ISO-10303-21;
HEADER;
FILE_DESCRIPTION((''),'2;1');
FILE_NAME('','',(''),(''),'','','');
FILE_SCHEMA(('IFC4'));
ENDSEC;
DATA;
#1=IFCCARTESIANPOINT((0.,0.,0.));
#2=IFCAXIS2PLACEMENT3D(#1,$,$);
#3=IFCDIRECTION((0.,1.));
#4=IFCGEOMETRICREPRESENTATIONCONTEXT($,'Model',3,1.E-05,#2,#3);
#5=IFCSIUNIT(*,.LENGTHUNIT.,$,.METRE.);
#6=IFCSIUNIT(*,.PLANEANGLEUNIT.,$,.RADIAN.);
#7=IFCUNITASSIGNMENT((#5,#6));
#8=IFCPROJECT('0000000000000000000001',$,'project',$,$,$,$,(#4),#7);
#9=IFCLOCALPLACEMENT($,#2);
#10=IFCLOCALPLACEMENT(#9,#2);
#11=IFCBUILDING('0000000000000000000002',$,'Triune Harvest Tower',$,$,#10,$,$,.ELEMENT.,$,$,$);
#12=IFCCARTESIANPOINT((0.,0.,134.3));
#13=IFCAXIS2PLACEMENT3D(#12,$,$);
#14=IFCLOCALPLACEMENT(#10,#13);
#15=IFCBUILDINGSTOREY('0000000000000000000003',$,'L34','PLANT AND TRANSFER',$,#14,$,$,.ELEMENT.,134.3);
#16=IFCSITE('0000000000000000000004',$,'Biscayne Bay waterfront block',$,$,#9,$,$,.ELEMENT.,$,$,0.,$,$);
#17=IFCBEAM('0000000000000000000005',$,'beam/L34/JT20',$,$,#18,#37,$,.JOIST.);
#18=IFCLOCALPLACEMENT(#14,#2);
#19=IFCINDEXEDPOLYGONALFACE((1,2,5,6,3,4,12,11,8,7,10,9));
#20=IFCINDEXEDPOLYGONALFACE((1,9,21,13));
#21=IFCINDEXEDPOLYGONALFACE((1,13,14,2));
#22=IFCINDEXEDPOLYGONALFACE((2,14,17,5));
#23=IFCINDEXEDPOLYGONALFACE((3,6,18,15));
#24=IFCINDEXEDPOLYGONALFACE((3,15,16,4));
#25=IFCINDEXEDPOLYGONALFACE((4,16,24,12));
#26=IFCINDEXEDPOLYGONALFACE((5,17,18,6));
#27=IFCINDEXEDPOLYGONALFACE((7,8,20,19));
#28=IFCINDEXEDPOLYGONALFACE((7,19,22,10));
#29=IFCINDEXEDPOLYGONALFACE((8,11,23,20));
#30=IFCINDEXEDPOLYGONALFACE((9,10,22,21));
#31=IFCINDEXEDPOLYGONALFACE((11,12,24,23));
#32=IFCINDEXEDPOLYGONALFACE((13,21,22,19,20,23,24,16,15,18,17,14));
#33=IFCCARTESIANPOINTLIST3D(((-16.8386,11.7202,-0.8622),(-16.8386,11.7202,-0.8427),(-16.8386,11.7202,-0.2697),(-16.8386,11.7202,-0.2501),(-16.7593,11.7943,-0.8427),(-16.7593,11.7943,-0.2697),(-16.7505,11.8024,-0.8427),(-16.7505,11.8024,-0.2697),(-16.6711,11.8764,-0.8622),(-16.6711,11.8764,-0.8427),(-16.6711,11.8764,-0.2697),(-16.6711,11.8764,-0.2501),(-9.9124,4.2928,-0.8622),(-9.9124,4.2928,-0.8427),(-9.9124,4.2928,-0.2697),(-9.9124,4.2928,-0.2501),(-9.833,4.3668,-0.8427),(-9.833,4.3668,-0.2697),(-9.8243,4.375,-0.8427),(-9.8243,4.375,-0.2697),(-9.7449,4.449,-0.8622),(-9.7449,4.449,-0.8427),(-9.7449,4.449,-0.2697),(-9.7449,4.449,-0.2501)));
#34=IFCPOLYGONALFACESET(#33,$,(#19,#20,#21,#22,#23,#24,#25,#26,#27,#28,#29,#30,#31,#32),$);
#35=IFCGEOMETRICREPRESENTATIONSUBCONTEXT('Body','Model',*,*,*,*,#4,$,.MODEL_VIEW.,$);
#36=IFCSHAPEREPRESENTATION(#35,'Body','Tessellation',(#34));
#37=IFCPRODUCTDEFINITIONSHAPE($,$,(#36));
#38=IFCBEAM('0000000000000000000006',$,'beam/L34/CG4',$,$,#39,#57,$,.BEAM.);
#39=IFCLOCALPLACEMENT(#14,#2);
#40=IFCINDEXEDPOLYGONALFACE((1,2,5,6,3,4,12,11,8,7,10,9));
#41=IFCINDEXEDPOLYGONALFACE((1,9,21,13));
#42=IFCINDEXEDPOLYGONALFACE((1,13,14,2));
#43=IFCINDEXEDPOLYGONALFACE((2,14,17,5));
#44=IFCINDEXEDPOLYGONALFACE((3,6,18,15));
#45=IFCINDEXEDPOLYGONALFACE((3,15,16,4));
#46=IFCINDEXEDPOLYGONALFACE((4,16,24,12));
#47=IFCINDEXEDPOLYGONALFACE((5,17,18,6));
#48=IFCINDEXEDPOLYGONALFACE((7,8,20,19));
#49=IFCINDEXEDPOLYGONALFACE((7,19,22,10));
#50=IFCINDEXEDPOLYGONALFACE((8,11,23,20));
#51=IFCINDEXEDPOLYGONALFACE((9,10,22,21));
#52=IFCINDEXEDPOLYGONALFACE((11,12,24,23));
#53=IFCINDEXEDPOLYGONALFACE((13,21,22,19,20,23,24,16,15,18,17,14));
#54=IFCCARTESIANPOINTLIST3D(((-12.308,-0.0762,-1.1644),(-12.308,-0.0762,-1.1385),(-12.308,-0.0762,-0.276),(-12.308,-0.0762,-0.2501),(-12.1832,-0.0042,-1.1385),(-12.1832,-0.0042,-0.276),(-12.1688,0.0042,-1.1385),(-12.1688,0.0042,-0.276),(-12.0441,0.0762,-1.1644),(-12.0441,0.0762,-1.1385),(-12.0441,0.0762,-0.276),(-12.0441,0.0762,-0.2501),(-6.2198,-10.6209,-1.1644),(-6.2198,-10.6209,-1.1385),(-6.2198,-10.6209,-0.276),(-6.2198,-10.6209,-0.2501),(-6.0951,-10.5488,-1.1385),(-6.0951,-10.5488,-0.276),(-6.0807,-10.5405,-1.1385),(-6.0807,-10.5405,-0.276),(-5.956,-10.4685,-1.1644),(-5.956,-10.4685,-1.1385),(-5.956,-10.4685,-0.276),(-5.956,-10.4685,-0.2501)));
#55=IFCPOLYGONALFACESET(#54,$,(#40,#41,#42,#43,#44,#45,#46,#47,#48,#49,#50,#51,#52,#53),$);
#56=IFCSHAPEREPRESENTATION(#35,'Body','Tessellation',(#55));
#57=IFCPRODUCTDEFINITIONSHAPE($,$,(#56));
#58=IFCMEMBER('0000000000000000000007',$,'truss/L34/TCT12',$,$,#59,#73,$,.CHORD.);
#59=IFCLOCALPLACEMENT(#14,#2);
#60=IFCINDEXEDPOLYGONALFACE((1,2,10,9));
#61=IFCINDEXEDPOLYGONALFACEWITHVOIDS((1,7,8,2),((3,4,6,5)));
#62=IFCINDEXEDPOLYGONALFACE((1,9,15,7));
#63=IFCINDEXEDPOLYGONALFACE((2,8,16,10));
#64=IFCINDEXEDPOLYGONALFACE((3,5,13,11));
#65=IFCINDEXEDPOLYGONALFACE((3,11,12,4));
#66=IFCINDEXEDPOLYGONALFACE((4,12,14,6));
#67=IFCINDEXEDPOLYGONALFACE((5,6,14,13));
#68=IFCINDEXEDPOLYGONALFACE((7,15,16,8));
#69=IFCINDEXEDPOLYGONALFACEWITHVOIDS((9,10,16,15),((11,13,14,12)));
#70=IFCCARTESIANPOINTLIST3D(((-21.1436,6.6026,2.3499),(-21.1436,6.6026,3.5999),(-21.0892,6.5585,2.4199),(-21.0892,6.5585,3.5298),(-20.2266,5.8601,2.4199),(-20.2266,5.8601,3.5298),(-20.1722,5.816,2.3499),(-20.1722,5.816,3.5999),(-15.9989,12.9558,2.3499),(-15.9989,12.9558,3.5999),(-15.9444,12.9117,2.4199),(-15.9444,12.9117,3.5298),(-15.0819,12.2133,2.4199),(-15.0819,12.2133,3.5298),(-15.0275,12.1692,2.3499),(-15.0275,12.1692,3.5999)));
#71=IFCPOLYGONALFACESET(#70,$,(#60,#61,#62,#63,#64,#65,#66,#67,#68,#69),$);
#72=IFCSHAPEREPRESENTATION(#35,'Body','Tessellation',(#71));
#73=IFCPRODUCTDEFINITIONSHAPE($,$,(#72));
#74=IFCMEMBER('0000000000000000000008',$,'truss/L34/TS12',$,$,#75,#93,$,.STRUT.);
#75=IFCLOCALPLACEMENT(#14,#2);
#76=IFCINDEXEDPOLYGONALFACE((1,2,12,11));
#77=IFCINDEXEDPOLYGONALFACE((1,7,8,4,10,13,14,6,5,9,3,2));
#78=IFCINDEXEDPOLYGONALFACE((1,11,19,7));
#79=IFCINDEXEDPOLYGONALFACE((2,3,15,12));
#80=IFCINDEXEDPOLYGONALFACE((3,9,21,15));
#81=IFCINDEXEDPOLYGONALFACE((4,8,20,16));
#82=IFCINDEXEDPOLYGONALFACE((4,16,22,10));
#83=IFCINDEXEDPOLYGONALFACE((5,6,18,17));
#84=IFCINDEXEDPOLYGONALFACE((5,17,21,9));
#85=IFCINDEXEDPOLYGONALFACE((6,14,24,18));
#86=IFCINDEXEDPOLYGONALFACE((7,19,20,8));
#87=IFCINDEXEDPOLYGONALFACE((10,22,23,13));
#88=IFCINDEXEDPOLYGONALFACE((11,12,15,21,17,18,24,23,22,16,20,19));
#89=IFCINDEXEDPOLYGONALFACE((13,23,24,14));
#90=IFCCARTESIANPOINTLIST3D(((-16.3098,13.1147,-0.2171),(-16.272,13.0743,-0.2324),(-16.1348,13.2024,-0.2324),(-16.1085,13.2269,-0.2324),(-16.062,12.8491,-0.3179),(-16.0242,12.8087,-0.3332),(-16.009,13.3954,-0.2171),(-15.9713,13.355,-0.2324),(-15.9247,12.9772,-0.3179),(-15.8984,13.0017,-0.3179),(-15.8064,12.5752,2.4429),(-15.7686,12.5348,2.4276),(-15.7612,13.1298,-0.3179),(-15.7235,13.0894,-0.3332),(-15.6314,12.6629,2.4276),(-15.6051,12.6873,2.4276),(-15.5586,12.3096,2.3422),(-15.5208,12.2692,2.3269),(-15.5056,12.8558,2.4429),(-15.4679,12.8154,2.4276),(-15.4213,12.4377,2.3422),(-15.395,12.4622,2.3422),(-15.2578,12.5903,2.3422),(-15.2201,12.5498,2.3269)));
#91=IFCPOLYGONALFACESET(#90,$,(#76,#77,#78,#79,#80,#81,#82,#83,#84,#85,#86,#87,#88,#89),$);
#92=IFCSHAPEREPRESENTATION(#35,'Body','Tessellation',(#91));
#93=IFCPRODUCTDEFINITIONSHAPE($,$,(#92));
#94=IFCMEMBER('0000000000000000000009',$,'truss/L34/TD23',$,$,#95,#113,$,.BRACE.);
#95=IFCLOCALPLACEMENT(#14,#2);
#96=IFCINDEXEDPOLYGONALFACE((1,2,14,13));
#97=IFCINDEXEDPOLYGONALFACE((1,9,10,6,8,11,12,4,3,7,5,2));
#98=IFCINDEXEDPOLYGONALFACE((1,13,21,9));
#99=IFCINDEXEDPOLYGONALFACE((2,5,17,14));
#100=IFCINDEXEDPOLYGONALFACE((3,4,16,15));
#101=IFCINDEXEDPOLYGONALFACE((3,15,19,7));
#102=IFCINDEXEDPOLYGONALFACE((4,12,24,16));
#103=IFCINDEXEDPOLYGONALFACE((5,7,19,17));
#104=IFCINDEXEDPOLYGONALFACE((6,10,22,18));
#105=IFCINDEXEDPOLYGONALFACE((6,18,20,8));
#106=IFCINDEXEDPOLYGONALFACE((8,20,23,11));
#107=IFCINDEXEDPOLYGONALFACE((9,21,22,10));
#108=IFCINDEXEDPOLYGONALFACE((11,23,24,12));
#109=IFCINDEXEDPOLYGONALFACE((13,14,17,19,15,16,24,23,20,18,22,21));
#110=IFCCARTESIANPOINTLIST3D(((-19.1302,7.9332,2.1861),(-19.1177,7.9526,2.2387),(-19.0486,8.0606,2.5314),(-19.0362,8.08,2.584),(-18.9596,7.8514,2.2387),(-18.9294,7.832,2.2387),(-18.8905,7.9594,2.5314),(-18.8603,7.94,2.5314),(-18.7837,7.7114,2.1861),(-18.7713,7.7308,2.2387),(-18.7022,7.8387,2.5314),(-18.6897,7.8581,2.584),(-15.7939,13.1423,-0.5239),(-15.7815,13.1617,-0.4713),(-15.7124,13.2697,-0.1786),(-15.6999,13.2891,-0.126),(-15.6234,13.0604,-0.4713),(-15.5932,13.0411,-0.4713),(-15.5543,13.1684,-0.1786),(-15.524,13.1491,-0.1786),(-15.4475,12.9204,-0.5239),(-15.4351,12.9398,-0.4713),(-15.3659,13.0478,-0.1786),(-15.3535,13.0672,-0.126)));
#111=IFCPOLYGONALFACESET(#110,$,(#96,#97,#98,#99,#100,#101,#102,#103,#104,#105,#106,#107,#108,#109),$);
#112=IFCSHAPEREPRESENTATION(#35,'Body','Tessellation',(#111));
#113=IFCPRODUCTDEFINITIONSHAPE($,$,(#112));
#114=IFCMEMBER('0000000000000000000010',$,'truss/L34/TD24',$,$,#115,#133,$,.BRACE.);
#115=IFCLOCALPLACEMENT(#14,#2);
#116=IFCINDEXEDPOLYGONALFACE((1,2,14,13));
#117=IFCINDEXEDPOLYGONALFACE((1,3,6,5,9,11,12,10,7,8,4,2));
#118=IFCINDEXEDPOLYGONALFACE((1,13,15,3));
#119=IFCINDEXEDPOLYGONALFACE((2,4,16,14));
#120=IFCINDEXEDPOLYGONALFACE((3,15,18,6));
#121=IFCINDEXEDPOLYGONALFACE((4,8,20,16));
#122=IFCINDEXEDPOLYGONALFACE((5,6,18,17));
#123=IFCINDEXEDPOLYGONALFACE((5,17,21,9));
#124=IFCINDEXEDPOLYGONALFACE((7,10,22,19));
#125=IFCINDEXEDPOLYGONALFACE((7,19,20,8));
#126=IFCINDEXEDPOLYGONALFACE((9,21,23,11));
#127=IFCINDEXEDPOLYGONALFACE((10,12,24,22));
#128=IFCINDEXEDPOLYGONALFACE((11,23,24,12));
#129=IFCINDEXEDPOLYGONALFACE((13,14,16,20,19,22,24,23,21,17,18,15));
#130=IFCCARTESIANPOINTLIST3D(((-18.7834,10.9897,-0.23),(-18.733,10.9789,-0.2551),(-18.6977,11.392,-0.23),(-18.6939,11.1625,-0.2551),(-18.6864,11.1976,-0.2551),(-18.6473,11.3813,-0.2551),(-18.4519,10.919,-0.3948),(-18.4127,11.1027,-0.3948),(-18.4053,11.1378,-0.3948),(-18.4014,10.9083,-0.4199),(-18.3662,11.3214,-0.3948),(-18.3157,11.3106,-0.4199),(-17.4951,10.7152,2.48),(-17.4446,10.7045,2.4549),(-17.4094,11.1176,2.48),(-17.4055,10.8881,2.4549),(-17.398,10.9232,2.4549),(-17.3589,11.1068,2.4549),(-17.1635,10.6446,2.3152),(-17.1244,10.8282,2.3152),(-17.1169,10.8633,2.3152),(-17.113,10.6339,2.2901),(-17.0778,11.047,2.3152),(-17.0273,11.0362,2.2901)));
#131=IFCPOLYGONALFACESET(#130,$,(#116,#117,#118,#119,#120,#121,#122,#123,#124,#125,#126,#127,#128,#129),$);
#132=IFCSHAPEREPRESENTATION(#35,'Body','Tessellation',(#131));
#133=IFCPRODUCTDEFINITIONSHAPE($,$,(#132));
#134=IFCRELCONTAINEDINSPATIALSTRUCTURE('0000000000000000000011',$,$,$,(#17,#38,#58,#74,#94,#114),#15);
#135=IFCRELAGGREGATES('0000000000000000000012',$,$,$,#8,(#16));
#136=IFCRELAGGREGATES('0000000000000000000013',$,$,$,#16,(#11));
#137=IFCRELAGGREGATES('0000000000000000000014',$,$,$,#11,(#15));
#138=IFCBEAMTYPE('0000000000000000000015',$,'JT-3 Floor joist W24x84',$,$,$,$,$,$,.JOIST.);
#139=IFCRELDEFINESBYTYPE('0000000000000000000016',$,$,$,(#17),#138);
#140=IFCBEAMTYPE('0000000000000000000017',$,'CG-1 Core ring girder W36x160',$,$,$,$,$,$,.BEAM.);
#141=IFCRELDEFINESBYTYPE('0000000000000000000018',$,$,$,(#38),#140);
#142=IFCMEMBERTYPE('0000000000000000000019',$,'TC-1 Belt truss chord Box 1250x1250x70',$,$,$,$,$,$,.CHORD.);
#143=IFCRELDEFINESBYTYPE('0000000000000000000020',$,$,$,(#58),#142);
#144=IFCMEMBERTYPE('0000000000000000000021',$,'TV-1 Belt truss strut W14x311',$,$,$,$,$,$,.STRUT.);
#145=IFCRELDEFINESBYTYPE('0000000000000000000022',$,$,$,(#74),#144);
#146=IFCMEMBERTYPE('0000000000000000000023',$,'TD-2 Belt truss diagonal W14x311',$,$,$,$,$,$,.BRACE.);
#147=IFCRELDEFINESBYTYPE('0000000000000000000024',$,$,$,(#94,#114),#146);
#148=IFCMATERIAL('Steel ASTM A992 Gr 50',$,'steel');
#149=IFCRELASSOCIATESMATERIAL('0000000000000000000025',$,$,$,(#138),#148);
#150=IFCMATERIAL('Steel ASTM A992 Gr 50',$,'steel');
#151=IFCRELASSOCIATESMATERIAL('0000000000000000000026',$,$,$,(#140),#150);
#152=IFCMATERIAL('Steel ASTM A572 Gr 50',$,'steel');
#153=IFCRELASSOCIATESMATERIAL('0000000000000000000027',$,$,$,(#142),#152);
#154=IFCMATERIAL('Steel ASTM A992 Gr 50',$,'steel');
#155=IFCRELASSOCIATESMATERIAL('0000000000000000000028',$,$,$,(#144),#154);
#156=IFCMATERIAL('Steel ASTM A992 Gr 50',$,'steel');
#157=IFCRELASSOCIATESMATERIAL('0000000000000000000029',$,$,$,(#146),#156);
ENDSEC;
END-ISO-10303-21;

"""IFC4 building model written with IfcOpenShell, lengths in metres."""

from ifc_helpers import new_model, si_unit, direction, frame, origin, origin_2d, place, context, subcontext, project, spatial, hollow_rectangle, i_section, extrude, source, transform, mapped, material, material_profile, profile_set, type_object, element, save


model = new_model("IFC4")

# Units and contexts
model_context = context("Model", 3, precision=1e-05, world=origin(), true_north=direction((0.0, 1.0)))
body_context = subcontext(model_context, "Body", "Model", "MODEL_VIEW")
ifc_project = project(units=[si_unit("LENGTHUNIT", "METRE"), si_unit("PLANEANGLEUNIT", "RADIAN")], contexts=[model_context])

# Site, building, storey
site_placement = place(None, origin())
site = spatial("IfcSite", under=ifc_project, at=site_placement, Name="Biscayne Bay waterfront block", CompositionType="ELEMENT", RefElevation=0.0)
building_placement = place(site_placement, origin())
building = spatial("IfcBuilding", under=site, at=building_placement, Name="Triune Harvest Tower", CompositionType="ELEMENT")
storey_placement = place(building_placement, frame((0.0, 0.0, 134.3)))
storey = spatial("IfcBuildingStorey", under=building, at=storey_placement, Name="L34", Description="PLANT AND TRANSFER", CompositionType="ELEMENT", Elevation=134.3)

# Beams
ifc_material_1 = material(Name="Steel ASTM A992 Gr 50", Category="steel")
ifc_material_profile_1 = material_profile(ifc_material_1, i_section(OverallWidth=0.229, OverallDepth=0.6121, WebThickness=0.012, FlangeThickness=0.0195, at=origin_2d()), Name="W24x84")
ifc_profile_set_1 = profile_set([ifc_material_profile_1], Name="Steel ASTM A992 Gr 50")
beam_type_1 = type_object("IfcBeamType", Name="JT-3 Floor joist W24x84", PredefinedType="JOIST", material=ifc_profile_set_1)
beam_1_placement = place(storey_placement, frame((-16.7549, 11.7983, -0.5562), z_axis=(0.682, -0.731353, 0.0), x_axis=(0.731353, 0.682, 0.0)))
element("IfcBeam", 1, at=beam_1_placement, inside=storey, type_object=beam_type_1, Name="beam/L34/JT20", PredefinedType="JOIST", context=body_context, shape_type="SweptSolid", body=[
    extrude(i_section(OverallWidth=0.229, OverallDepth=0.6121, WebThickness=0.012, FlangeThickness=0.0195, at=origin_2d()), origin(), (0.0, 0.0, 1.0), 10.1558),
])
ifc_material_2 = material(Name="Steel ASTM A992 Gr 50", Category="steel")
ifc_material_profile_2 = material_profile(ifc_material_2, i_section(OverallWidth=0.3047, OverallDepth=0.9143, WebThickness=0.0166, FlangeThickness=0.0259, at=origin_2d()), Name="W36x160")
ifc_profile_set_2 = profile_set([ifc_material_profile_2], Name="Steel ASTM A992 Gr 50")
beam_type_2 = type_object("IfcBeamType", Name="CG-1 Core ring girder W36x160", PredefinedType="BEAM", material=ifc_profile_set_2)
shared_shape_1 = source(origin(), body_context, "Body", "SweptSolid", [
    extrude(i_section(OverallWidth=0.3047, OverallDepth=0.9143, WebThickness=0.0166, FlangeThickness=0.0259, at=origin_2d()), origin(), (0.0, 0.0, 1.0), 12.176),
])
beam_2_placement = place(storey_placement, frame((-12.176, 0.0, -0.7073), z_axis=(0.50001, -0.86602, 0.0), x_axis=(0.86602, 0.50001, 0.0)))
element("IfcBeam", 2, at=beam_2_placement, inside=storey, type_object=beam_type_2, Name="beam/L34/CG4", PredefinedType="BEAM", context=body_context, shape_type="MappedRepresentation", body=[
    mapped(shared_shape_1, transform((0.0, 0.0, 0.0), scale=1.0)),
])

# Members
ifc_material_3 = material(Name="Steel ASTM A572 Gr 50", Category="steel")
ifc_material_profile_3 = material_profile(ifc_material_3, hollow_rectangle(XDim=1.25, YDim=1.25, WallThickness=0.0701, at=origin_2d()), Name="Box 1250x1250x70")
ifc_profile_set_3 = profile_set([ifc_material_profile_3], Name="Steel ASTM A572 Gr 50")
member_type_1 = type_object("IfcMemberType", Name="TC-1 Belt truss chord Box 1250x1250x70", PredefinedType="CHORD", material=ifc_profile_set_3)
shared_shape_2 = source(origin(), body_context, "Body", "SweptSolid", [
    extrude(hollow_rectangle(XDim=1.25, YDim=1.25, WallThickness=0.0701, at=origin_2d()), origin(), (0.0, 0.0, 1.0), 8.175),
])
member_1_placement = place(storey_placement, frame((-15.5132, 12.5625, 2.9749), z_axis=(-0.62932, -0.777146, 0.0), x_axis=(0.777146, -0.62932, 0.0)))
element("IfcMember", 3, at=member_1_placement, inside=storey, type_object=member_type_1, Name="truss/L34/TCT12", PredefinedType="CHORD", context=body_context, shape_type="MappedRepresentation", body=[
    mapped(shared_shape_2, transform((0.0, 0.0, 0.0), scale=1.0)),
])
ifc_material_4 = material(Name="Steel ASTM A992 Gr 50", Category="steel")
ifc_material_profile_4 = material_profile(ifc_material_4, i_section(OverallWidth=0.4114, OverallDepth=0.4343, WebThickness=0.0359, FlangeThickness=0.0574, at=origin_2d()), Name="W14x311")
ifc_profile_set_4 = profile_set([ifc_material_profile_4], Name="Steel ASTM A992 Gr 50")
member_type_2 = type_object("IfcMemberType", Name="TV-1 Belt truss strut W14x311", PredefinedType="STRUT", material=ifc_profile_set_4)
shared_shape_3 = source(origin(), body_context, "Body", "SweptSolid", [
    extrude(i_section(OverallWidth=0.4114, OverallDepth=0.4343, WebThickness=0.0359, FlangeThickness=0.0574, at=origin_2d()), origin(), (0.0, 0.0, 1.0), 2.7605),
])
member_2_placement = place(storey_placement, frame((-16.0166, 13.1021, -0.2751), z_axis=(0.182357, -0.195446, 0.963611), x_axis=(0.731165, 0.6822, 0.0)))
element("IfcMember", 4, at=member_2_placement, inside=storey, type_object=member_type_2, Name="truss/L34/TS12", PredefinedType="STRUT", context=body_context, shape_type="MappedRepresentation", body=[
    mapped(shared_shape_3, transform((0.0, 0.0, 0.0), scale=1.0)),
])
ifc_material_5 = material(Name="Steel ASTM A992 Gr 50", Category="steel")
ifc_material_profile_5 = material_profile(ifc_material_5, i_section(OverallWidth=0.4114, OverallDepth=0.4343, WebThickness=0.0359, FlangeThickness=0.0574, at=origin_2d()), Name="W14x311")
ifc_profile_set_5 = profile_set([ifc_material_profile_5], Name="Steel ASTM A992 Gr 50")
member_type_3 = type_object("IfcMemberType", Name="TD-2 Belt truss diagonal W14x311", PredefinedType="BRACE", material=ifc_profile_set_5)
shared_shape_4 = source(origin(), body_context, "Body", "SweptSolid", [
    extrude(i_section(OverallWidth=0.4114, OverallDepth=0.4343, WebThickness=0.0359, FlangeThickness=0.0574, at=origin_2d()), origin(), (0.0, 0.0, 1.0), 6.7534),
])
member_3_placement = place(storey_placement, frame((-15.5737, 13.1047, -0.325), z_axis=(-0.494005, -0.77132, 0.401278), x_axis=(0.842093, -0.539333, 0.0)))
element("IfcMember", 5, at=member_3_placement, inside=storey, type_object=member_type_3, Name="truss/L34/TD23", PredefinedType="BRACE", context=body_context, shape_type="MappedRepresentation", body=[
    mapped(shared_shape_4, transform((0.0, 0.0, 0.0), scale=1.0)),
])
shared_shape_5 = source(origin(), body_context, "Body", "SweptSolid", [
    extrude(i_section(OverallWidth=0.4114, OverallDepth=0.4343, WebThickness=0.0359, FlangeThickness=0.0574, at=origin_2d()), origin(), (0.0, 0.0, 1.0), 3.0132),
])
member_4_placement = place(storey_placement, frame((-18.5496, 11.1501, -0.325), z_axis=(0.427571, -0.091073, 0.899382), x_axis=(0.208326, 0.978059, 0.0)))
element("IfcMember", 6, at=member_4_placement, inside=storey, type_object=member_type_3, Name="truss/L34/TD24", PredefinedType="BRACE", context=body_context, shape_type="MappedRepresentation", body=[
    mapped(shared_shape_5, transform((0.0, 0.0, 0.0), scale=1.0)),
])

save(model, "model.ifc")
